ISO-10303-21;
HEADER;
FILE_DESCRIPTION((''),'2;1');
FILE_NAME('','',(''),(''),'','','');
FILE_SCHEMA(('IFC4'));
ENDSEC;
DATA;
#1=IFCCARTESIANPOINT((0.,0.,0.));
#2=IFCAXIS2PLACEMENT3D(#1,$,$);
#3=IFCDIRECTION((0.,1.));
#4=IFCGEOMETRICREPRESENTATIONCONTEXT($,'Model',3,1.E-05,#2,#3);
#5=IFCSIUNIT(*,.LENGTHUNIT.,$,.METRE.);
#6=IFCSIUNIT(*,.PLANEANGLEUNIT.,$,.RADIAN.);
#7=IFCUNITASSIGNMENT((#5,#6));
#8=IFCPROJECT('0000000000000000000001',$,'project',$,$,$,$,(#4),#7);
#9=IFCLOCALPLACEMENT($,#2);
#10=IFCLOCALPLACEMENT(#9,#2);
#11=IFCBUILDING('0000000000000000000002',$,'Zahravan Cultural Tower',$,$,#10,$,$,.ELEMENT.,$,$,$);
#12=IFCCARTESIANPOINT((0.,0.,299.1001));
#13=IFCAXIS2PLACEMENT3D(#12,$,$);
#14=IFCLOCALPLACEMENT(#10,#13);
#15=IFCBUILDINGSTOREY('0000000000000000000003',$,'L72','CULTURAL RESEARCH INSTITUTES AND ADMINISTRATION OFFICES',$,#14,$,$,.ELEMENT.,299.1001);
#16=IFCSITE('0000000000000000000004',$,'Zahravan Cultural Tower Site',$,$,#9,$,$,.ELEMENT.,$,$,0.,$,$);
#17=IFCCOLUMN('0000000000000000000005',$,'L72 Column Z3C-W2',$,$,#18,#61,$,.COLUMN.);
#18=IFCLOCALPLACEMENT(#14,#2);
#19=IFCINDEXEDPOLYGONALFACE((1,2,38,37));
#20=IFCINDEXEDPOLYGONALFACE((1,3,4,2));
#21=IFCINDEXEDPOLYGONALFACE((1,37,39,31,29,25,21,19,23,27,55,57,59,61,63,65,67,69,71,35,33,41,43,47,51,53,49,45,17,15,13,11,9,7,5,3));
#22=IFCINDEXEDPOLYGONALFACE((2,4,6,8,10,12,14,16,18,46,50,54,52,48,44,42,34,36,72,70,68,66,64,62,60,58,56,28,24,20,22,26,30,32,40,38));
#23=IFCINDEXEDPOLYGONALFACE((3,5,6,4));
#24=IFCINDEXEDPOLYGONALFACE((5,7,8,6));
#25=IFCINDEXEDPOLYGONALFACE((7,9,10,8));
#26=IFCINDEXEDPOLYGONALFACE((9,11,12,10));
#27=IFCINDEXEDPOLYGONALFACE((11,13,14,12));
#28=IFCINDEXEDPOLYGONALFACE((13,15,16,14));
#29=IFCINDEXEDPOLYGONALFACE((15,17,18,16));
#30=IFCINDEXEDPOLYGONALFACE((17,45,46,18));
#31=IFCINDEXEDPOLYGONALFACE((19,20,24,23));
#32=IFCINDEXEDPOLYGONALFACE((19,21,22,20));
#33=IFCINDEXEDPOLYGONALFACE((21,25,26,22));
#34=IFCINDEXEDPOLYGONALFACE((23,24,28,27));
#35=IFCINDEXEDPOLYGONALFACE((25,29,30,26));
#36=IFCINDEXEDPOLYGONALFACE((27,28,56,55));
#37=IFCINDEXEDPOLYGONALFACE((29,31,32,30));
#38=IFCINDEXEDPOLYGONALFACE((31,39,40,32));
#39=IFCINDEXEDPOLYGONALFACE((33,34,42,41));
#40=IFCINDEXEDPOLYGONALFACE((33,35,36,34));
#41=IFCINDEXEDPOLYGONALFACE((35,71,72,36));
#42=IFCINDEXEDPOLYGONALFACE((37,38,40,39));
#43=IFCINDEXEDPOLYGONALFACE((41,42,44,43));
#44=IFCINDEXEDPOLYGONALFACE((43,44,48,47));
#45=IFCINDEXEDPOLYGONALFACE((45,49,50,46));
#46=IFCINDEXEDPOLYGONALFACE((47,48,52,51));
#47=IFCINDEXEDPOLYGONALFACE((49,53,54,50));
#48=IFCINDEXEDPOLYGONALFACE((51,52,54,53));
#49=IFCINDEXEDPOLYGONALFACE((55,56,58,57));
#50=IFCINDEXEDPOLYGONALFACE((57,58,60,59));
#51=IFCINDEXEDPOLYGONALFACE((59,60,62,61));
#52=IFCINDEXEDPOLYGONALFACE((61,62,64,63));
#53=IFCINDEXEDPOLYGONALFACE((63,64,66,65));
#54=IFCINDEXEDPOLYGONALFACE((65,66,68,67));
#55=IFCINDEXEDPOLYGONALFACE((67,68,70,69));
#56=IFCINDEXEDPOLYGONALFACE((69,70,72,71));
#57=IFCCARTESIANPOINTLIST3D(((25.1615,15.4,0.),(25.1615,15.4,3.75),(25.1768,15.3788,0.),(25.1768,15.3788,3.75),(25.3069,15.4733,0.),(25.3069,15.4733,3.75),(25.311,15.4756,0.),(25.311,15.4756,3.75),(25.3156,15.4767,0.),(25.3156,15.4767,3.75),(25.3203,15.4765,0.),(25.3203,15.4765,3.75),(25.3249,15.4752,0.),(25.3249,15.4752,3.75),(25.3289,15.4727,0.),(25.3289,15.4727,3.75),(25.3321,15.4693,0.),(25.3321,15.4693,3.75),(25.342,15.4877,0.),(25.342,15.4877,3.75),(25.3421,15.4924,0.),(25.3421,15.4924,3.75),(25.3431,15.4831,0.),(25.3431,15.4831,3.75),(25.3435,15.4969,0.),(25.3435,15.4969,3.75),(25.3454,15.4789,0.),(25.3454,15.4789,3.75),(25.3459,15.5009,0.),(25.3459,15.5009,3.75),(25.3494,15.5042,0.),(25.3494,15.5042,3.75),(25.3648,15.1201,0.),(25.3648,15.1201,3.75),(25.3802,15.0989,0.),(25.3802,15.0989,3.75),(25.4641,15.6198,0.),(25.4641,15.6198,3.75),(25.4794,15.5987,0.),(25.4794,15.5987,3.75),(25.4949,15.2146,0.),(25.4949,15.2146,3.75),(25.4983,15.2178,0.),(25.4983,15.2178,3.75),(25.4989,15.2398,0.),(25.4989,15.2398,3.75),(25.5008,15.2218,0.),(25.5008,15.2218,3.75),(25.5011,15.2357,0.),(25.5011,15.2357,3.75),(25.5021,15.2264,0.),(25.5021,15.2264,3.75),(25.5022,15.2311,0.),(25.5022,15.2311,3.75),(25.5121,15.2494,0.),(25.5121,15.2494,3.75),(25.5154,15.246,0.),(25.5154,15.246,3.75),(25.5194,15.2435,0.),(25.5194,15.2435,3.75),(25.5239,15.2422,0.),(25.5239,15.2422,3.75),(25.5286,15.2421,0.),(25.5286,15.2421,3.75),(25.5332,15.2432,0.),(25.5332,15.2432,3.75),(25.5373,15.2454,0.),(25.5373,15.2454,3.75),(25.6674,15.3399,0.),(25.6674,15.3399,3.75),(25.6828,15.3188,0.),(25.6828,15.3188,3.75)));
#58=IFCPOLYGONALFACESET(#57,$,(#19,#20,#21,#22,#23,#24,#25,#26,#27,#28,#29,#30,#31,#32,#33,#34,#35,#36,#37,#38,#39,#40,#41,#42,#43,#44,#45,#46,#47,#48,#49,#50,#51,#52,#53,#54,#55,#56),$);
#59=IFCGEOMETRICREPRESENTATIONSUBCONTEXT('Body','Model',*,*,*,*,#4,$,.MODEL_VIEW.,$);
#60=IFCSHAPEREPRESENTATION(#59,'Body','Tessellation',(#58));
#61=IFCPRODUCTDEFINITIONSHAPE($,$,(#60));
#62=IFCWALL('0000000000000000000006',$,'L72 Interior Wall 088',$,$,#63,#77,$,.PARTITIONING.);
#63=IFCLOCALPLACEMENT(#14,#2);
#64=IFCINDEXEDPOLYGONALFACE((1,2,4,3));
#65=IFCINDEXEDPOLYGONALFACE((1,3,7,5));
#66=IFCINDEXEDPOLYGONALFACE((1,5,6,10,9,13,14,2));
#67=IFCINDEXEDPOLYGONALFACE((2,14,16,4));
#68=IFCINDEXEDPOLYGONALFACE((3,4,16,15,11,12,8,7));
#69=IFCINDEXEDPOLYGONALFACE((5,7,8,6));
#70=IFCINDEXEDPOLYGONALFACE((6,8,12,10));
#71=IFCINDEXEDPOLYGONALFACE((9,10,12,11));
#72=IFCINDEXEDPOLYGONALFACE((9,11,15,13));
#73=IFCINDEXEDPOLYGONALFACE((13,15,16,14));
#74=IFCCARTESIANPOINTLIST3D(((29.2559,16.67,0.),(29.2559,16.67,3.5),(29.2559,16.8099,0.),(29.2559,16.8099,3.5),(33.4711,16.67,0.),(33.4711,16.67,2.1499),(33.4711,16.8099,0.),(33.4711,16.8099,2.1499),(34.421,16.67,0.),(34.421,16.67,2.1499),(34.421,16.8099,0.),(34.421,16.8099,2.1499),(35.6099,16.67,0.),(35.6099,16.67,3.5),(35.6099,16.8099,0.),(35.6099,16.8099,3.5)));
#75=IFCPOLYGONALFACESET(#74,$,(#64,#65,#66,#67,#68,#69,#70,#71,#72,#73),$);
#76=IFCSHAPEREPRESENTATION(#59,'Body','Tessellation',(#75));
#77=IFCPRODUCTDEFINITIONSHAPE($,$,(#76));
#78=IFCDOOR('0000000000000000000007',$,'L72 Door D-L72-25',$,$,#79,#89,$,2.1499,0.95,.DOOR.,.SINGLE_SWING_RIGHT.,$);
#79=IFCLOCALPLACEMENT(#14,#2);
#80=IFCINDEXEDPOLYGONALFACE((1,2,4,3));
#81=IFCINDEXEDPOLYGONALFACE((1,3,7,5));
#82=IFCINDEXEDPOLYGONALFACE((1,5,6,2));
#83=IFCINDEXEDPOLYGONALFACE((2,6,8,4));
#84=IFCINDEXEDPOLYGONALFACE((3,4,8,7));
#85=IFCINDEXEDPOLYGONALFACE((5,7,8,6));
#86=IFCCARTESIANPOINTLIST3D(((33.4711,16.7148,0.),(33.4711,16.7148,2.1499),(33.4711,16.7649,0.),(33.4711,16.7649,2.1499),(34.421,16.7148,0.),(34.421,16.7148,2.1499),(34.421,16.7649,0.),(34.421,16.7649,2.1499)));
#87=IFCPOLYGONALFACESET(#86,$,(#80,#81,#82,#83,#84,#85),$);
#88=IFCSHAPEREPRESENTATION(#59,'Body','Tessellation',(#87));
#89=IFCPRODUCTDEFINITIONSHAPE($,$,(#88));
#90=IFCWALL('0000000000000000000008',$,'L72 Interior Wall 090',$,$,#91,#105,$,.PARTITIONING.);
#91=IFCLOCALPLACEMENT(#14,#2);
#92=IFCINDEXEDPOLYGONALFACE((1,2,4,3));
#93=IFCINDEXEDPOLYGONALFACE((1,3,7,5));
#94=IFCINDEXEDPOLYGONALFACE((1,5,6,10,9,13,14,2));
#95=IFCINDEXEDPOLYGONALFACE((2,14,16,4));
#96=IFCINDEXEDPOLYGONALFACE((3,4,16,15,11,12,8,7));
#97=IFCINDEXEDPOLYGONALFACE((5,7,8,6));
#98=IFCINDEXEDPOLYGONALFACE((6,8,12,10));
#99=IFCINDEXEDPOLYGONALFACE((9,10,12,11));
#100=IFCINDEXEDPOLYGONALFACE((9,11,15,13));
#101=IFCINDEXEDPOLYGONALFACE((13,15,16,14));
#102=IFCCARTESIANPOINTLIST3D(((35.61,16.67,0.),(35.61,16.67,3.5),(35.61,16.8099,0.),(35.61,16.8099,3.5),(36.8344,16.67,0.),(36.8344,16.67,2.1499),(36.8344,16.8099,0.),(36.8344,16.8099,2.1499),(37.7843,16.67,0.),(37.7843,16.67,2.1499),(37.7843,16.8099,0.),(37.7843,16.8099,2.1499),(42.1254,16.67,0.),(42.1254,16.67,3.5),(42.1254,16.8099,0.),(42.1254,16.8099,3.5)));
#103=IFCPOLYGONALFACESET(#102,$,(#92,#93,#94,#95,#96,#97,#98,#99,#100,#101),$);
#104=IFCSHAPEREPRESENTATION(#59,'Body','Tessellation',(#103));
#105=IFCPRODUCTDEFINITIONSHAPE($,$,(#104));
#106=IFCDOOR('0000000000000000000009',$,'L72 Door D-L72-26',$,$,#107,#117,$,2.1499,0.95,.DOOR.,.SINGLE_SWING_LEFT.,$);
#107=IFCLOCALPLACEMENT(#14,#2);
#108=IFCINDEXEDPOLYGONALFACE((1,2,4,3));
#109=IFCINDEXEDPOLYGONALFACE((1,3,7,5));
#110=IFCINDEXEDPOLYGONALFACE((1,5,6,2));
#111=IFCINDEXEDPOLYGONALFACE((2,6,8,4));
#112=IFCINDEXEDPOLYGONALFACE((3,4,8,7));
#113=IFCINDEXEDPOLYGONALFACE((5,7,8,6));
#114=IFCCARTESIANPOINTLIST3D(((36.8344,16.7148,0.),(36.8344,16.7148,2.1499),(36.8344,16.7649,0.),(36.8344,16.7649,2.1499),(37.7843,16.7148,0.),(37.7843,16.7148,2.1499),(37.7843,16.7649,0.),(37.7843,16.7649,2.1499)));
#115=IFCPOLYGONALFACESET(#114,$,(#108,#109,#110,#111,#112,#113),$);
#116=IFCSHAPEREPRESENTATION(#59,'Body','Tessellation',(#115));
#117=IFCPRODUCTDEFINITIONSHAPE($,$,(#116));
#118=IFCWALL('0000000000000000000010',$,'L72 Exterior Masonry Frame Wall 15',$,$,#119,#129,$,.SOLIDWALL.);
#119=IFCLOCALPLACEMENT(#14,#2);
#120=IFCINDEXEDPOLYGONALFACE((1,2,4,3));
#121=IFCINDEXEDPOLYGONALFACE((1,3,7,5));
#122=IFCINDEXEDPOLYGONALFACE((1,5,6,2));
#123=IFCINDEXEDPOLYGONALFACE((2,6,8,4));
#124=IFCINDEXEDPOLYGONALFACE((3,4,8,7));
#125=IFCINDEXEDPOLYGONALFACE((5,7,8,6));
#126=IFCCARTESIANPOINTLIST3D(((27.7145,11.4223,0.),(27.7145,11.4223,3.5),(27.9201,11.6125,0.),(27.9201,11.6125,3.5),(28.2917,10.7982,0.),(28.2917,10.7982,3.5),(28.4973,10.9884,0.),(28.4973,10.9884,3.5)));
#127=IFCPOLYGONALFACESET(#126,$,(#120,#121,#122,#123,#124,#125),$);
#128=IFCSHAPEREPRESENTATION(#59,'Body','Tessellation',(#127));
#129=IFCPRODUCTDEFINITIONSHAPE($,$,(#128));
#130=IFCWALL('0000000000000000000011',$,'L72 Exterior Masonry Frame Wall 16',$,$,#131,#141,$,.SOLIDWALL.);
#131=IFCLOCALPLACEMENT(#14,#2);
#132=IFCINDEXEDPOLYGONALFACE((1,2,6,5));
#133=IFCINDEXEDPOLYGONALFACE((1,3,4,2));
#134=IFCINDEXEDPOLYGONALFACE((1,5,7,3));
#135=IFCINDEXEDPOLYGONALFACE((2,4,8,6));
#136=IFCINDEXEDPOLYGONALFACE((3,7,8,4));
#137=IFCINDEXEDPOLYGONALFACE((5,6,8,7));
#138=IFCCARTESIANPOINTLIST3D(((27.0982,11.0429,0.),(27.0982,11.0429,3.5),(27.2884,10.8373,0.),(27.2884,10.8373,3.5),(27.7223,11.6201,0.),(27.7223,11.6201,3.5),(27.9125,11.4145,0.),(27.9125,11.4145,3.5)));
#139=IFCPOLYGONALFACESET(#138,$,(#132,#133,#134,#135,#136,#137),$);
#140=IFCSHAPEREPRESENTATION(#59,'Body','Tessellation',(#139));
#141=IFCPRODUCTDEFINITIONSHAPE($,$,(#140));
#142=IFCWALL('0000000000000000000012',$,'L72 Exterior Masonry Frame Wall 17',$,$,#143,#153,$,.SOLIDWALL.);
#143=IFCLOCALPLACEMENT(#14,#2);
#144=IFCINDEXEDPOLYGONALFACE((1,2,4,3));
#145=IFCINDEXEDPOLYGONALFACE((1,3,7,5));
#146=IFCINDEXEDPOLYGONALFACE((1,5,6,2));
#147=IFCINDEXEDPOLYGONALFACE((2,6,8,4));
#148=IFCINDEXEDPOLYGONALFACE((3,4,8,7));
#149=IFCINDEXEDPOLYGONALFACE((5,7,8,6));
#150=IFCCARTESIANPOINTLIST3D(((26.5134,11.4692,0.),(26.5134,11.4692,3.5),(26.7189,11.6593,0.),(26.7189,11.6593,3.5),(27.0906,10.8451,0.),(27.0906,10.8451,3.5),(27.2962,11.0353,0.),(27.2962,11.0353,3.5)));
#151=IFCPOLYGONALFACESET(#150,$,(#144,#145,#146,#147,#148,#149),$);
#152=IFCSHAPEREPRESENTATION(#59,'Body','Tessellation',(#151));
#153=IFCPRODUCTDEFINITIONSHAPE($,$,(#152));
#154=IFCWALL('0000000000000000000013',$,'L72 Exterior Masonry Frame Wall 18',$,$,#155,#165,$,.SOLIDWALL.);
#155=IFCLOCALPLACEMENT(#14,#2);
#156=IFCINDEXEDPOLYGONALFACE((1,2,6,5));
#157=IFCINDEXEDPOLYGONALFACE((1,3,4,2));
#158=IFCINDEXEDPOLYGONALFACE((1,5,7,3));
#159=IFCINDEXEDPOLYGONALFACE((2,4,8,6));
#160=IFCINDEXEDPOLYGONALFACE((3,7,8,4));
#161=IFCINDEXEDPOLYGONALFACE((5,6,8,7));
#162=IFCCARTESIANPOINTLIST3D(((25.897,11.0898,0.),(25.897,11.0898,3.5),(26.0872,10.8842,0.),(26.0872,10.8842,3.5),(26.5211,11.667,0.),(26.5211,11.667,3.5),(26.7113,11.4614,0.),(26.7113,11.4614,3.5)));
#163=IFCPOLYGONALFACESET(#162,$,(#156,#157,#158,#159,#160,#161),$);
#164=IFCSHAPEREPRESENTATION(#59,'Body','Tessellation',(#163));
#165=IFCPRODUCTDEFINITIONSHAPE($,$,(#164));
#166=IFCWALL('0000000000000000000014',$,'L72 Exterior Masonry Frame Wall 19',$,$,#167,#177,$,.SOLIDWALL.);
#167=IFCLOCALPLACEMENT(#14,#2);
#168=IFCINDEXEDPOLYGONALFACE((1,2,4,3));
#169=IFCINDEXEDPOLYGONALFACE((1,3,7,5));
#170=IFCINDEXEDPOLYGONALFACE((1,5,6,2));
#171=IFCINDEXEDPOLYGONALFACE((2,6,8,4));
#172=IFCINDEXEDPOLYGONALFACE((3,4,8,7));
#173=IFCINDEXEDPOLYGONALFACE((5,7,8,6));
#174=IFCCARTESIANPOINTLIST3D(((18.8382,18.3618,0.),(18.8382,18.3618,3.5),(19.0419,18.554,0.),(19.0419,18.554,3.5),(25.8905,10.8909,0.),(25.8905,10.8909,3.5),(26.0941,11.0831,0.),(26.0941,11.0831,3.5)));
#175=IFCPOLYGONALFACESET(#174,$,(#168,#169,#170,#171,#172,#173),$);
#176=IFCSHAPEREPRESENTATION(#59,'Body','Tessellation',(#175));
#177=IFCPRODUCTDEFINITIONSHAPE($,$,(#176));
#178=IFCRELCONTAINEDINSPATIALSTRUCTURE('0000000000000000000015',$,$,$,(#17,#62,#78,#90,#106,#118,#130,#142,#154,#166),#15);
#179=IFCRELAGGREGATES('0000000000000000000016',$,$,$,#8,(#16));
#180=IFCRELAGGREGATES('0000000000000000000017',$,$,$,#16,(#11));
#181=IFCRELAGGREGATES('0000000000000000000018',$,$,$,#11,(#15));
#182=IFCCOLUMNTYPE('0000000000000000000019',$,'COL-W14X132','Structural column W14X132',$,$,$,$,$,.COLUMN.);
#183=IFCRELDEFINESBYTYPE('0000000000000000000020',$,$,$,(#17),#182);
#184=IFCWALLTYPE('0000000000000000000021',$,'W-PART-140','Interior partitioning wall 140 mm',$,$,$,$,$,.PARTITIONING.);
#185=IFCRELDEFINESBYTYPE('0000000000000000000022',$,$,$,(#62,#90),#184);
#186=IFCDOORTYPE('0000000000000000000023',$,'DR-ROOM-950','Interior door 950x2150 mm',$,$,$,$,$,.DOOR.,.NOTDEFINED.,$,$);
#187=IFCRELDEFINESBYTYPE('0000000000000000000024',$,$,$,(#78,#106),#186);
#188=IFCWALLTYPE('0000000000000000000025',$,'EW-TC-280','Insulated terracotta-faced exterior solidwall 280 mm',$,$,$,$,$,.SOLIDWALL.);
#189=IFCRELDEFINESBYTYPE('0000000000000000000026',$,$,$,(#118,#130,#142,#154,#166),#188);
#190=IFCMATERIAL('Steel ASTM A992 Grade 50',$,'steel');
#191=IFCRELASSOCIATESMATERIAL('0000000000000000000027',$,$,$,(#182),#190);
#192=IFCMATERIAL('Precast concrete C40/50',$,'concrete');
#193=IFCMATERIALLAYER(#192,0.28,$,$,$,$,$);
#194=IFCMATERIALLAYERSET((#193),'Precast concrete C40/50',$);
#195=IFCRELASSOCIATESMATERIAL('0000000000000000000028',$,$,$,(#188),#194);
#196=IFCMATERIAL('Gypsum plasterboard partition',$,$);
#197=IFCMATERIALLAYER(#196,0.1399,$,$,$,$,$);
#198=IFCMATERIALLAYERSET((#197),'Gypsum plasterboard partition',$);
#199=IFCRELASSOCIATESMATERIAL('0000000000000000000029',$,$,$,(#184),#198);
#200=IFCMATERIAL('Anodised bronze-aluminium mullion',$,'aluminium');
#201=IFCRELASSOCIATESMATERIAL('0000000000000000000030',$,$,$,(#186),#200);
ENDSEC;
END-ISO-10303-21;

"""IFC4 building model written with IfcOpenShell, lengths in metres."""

from ifc_helpers import new_model, si_unit, direction, frame, frame_2d, origin, origin_2d, place, context, subcontext, project, spatial, rectangle, i_section, extrude, source, transform, mapped, material, layer, layer_set, material_profile, profile_set, type_object, element, fill, save


model = new_model("IFC4")

# Units and contexts
model_context = context("Model", 3, precision=1e-05, world=origin(), true_north=direction((0.0, 1.0)))
body_context = subcontext(model_context, "Body", "Model", "MODEL_VIEW")
ifc_project = project(units=[si_unit("LENGTHUNIT", "METRE"), si_unit("PLANEANGLEUNIT", "RADIAN")], contexts=[model_context])

# Site, building, storey
site_placement = place(None, origin())
site = spatial("IfcSite", under=ifc_project, at=site_placement, Name="Zahravan Cultural Tower Site", CompositionType="ELEMENT", RefElevation=0.0)
building_placement = place(site_placement, origin())
building = spatial("IfcBuilding", under=site, at=building_placement, Name="Zahravan Cultural Tower", CompositionType="ELEMENT")
storey_placement = place(building_placement, frame((0.0, 0.0, 299.1001)))
storey = spatial("IfcBuildingStorey", under=building, at=storey_placement, Name="L72", Description="CULTURAL RESEARCH INSTITUTES AND ADMINISTRATION OFFICES", CompositionType="ELEMENT", Elevation=299.1001)

# Column
ifc_material_1 = material(Name="Steel ASTM A992 Grade 50", Category="steel")
ifc_material_profile = material_profile(ifc_material_1, i_section(OverallWidth=0.374, OverallDepth=0.3721, WebThickness=0.0164, FlangeThickness=0.0261, FilletRadius=0.0181, at=origin_2d()), Name="W14X132")
ifc_profile_set = profile_set([ifc_material_profile], Name="Steel ASTM A992 Grade 50")
column_type = type_object("IfcColumnType", Name="COL-W14X132", Description="Structural column W14X132", PredefinedType="COLUMN", material=ifc_profile_set)
shared_shape_1 = source(origin(), body_context, "Body", "SweptSolid", [
    extrude(i_section(OverallWidth=0.374, OverallDepth=0.3721, WebThickness=0.0164, FlangeThickness=0.0261, FilletRadius=0.0181, at=origin_2d()), origin(), (0.0, 0.0, 1.0), 3.75),
])
column_placement = place(storey_placement, frame((25.4221, 15.3594, 0.0), z_axis=(0.0, 0.0, 1.0), x_axis=(0.809017, 0.587785, 0.0)))
element("IfcColumn", 1, at=column_placement, inside=storey, type_object=column_type, Name="L72 Column Z3C-W2", PredefinedType="COLUMN", context=body_context, shape_type="MappedRepresentation", body=[
    mapped(shared_shape_1, transform((0.0, 0.0, 0.0), x_axis=(1.0, 0.0, 0.0), y_axis=(0.0, 1.0, 0.0), z_axis=(0.0, 0.0, 1.0), scale=1.0)),
])

# Walls, openings, doors
ifc_material_2 = material(Name="Precast concrete C40/50", Category="concrete")
ifc_layer_1 = layer(ifc_material_2, 0.28)
ifc_layer_set_1 = layer_set([ifc_layer_1], Name="Precast concrete C40/50")
wall_type_1 = type_object("IfcWallType", Name="EW-TC-280", Description="Insulated terracotta-faced exterior solidwall 280 mm", PredefinedType="SOLIDWALL", material=ifc_layer_set_1)
ifc_material_3 = material(Name="Anodised bronze-aluminium mullion", Category="aluminium")
ifc_material_4 = material(Name="Gypsum plasterboard partition")
ifc_layer_2 = layer(ifc_material_4, 0.1399)
ifc_layer_set_2 = layer_set([ifc_layer_2], Name="Gypsum plasterboard partition")
wall_type_2 = type_object("IfcWallType", Name="W-PART-140", Description="Interior partitioning wall 140 mm", PredefinedType="PARTITIONING", material=ifc_layer_set_2)
wall_1_placement = place(storey_placement, frame((29.2559, 16.74, 0.0), z_axis=(0.0, 0.0, 1.0), x_axis=(1.0, 0.0, 0.0)))
wall_1 = element("IfcWall", 2, at=wall_1_placement, inside=storey, type_object=wall_type_2, Name="L72 Interior Wall 088", PredefinedType="PARTITIONING", context=body_context, shape_type="SweptSolid", body=[
    extrude(rectangle(XDim=6.354, YDim=0.1399, at=frame_2d((3.177, 0.0))), origin(), (0.0, 0.0, 1.0), 3.5),
])
opening_1_placement = place(wall_1_placement, frame((4.2151, 0.0, 0.0)))
opening_1 = element("IfcOpeningElement", 3, at=opening_1_placement, cuts=wall_1, PredefinedType="OPENING", context=body_context, shape_type="SweptSolid", body=[
    extrude(rectangle(XDim=0.95, YDim=2.1499, at=frame_2d((0.4751, 1.075))), frame((0.0, 0.0798, 0.0), z_axis=(0.0, -1.0, 0.0), x_axis=(1.0, 0.0, 0.0)), (0.0, 0.0, 1.0), 0.1599),
])
door_type_1 = type_object("IfcDoorType", Name="DR-ROOM-950", Description="Interior door 950x2150 mm", OperationType="NOTDEFINED", PredefinedType="DOOR", material=ifc_material_3)
shared_shape_2 = source(origin(), body_context, "Body", "SweptSolid", [
    extrude(rectangle(XDim=0.95, YDim=2.1499, at=frame_2d((0.4751, 1.075))), frame((0.0, 0.0249, 0.0), z_axis=(0.0, -1.0, 0.0), x_axis=(1.0, 0.0, 0.0)), (0.0, 0.0, 1.0), 0.05),
])
door_1_placement = place(opening_1_placement, origin())
door_1 = element("IfcDoor", 4, at=door_1_placement, inside=storey, type_object=door_type_1, Name="L72 Door D-L72-25", OperationType="SINGLE_SWING_RIGHT", OverallHeight=2.1499, OverallWidth=0.95, PredefinedType="DOOR", context=body_context, shape_type="MappedRepresentation", body=[
    mapped(shared_shape_2, transform((0.0, 0.0, 0.0), x_axis=(1.0, 0.0, 0.0), y_axis=(0.0, 1.0, 0.0), z_axis=(0.0, 0.0, 1.0), scale=1.0)),
])
fill(opening_1, door_1)
wall_2_placement = place(storey_placement, frame((35.6099, 16.74, 0.0), z_axis=(0.0, 0.0, 1.0), x_axis=(1.0, 0.0, 0.0)))
wall_2 = element("IfcWall", 5, at=wall_2_placement, inside=storey, type_object=wall_type_2, Name="L72 Interior Wall 090", PredefinedType="PARTITIONING", context=body_context, shape_type="SweptSolid", body=[
    extrude(rectangle(XDim=6.5154, YDim=0.1399, at=frame_2d((3.2578, 0.0))), origin(), (0.0, 0.0, 1.0), 3.5),
])
opening_2_placement = place(wall_2_placement, frame((1.2244, 0.0, 0.0)))
opening_2 = element("IfcOpeningElement", 6, at=opening_2_placement, cuts=wall_2, PredefinedType="OPENING", context=body_context, shape_type="SweptSolid", body=[
    extrude(rectangle(XDim=0.95, YDim=2.1499, at=frame_2d((0.4751, 1.075))), frame((0.0, 0.0798, 0.0), z_axis=(0.0, -1.0, 0.0), x_axis=(1.0, 0.0, 0.0)), (0.0, 0.0, 1.0), 0.1599),
])
door_2_placement = place(opening_2_placement, origin())
door_2 = element("IfcDoor", 7, at=door_2_placement, inside=storey, type_object=door_type_1, Name="L72 Door D-L72-26", OperationType="SINGLE_SWING_LEFT", OverallHeight=2.1499, OverallWidth=0.95, PredefinedType="DOOR", context=body_context, shape_type="MappedRepresentation", body=[
    mapped(shared_shape_2, transform((0.0, 0.0, 0.0), x_axis=(1.0, 0.0, 0.0), y_axis=(0.0, 1.0, 0.0), z_axis=(0.0, 0.0, 1.0), scale=1.0)),
])
fill(opening_2, door_2)

# Walls
shared_shape_3 = source(origin(), body_context, "Body", "SweptSolid", [
    extrude(rectangle(XDim=0.8501, YDim=0.28, at=frame_2d((0.425, 0.0))), origin(), (0.0, 0.0, 1.0), 3.5),
])
for number, where, z_axis, x_axis, name in (
    (8, (28.3945, 10.8933, 0.0), (0.0, 0.0, 1.0), (-0.678996, 0.734142, 0.0), "L72 Exterior Masonry Frame Wall 15"),
    (9, (27.8174, 11.5173, 0.0), (0.0, 0.0, 1.0), (-0.734142, -0.678996, 0.0), "L72 Exterior Masonry Frame Wall 16"),
    (10, (27.1934, 10.9402, 0.0), (0.0, 0.0, 1.0), (-0.678996, 0.734142, 0.0), "L72 Exterior Masonry Frame Wall 17"),
    (11, (26.6162, 11.5642, 0.0), (0.0, 0.0, 1.0), (-0.734142, -0.678996, 0.0), "L72 Exterior Masonry Frame Wall 18"),
):
    element("IfcWall", number, at=place(storey_placement, frame(where, z_axis=z_axis, x_axis=x_axis)), inside=storey, type_object=wall_type_1, Name=name, PredefinedType="SOLIDWALL", context=body_context, shape_type="MappedRepresentation", body=[
        mapped(shared_shape_3, transform((0.0, 0.0, 0.0), x_axis=(1.0, 0.0, 0.0), y_axis=(0.0, 1.0, 0.0), z_axis=(0.0, 0.0, 1.0), scale=1.0)),
    ])
shared_shape_4 = source(origin(), body_context, "Body", "SweptSolid", [
    extrude(rectangle(XDim=10.2737, YDim=0.28, at=frame_2d((5.1367, 0.0))), origin(), (0.0, 0.0, 1.0), 3.5),
])
wall_3_placement = place(storey_placement, frame((25.9922, 10.9871, 0.0), z_axis=(0.0, 0.0, 1.0), x_axis=(-0.686436, 0.72719, 0.0)))
element("IfcWall", 12, at=wall_3_placement, inside=storey, type_object=wall_type_1, Name="L72 Exterior Masonry Frame Wall 19", PredefinedType="SOLIDWALL", context=body_context, shape_type="MappedRepresentation", body=[
    mapped(shared_shape_4, transform((0.0, 0.0, 0.0), x_axis=(1.0, 0.0, 0.0), y_axis=(0.0, 1.0, 0.0), z_axis=(0.0, 0.0, 1.0), scale=1.0)),
])

save(model, "model.ifc")
